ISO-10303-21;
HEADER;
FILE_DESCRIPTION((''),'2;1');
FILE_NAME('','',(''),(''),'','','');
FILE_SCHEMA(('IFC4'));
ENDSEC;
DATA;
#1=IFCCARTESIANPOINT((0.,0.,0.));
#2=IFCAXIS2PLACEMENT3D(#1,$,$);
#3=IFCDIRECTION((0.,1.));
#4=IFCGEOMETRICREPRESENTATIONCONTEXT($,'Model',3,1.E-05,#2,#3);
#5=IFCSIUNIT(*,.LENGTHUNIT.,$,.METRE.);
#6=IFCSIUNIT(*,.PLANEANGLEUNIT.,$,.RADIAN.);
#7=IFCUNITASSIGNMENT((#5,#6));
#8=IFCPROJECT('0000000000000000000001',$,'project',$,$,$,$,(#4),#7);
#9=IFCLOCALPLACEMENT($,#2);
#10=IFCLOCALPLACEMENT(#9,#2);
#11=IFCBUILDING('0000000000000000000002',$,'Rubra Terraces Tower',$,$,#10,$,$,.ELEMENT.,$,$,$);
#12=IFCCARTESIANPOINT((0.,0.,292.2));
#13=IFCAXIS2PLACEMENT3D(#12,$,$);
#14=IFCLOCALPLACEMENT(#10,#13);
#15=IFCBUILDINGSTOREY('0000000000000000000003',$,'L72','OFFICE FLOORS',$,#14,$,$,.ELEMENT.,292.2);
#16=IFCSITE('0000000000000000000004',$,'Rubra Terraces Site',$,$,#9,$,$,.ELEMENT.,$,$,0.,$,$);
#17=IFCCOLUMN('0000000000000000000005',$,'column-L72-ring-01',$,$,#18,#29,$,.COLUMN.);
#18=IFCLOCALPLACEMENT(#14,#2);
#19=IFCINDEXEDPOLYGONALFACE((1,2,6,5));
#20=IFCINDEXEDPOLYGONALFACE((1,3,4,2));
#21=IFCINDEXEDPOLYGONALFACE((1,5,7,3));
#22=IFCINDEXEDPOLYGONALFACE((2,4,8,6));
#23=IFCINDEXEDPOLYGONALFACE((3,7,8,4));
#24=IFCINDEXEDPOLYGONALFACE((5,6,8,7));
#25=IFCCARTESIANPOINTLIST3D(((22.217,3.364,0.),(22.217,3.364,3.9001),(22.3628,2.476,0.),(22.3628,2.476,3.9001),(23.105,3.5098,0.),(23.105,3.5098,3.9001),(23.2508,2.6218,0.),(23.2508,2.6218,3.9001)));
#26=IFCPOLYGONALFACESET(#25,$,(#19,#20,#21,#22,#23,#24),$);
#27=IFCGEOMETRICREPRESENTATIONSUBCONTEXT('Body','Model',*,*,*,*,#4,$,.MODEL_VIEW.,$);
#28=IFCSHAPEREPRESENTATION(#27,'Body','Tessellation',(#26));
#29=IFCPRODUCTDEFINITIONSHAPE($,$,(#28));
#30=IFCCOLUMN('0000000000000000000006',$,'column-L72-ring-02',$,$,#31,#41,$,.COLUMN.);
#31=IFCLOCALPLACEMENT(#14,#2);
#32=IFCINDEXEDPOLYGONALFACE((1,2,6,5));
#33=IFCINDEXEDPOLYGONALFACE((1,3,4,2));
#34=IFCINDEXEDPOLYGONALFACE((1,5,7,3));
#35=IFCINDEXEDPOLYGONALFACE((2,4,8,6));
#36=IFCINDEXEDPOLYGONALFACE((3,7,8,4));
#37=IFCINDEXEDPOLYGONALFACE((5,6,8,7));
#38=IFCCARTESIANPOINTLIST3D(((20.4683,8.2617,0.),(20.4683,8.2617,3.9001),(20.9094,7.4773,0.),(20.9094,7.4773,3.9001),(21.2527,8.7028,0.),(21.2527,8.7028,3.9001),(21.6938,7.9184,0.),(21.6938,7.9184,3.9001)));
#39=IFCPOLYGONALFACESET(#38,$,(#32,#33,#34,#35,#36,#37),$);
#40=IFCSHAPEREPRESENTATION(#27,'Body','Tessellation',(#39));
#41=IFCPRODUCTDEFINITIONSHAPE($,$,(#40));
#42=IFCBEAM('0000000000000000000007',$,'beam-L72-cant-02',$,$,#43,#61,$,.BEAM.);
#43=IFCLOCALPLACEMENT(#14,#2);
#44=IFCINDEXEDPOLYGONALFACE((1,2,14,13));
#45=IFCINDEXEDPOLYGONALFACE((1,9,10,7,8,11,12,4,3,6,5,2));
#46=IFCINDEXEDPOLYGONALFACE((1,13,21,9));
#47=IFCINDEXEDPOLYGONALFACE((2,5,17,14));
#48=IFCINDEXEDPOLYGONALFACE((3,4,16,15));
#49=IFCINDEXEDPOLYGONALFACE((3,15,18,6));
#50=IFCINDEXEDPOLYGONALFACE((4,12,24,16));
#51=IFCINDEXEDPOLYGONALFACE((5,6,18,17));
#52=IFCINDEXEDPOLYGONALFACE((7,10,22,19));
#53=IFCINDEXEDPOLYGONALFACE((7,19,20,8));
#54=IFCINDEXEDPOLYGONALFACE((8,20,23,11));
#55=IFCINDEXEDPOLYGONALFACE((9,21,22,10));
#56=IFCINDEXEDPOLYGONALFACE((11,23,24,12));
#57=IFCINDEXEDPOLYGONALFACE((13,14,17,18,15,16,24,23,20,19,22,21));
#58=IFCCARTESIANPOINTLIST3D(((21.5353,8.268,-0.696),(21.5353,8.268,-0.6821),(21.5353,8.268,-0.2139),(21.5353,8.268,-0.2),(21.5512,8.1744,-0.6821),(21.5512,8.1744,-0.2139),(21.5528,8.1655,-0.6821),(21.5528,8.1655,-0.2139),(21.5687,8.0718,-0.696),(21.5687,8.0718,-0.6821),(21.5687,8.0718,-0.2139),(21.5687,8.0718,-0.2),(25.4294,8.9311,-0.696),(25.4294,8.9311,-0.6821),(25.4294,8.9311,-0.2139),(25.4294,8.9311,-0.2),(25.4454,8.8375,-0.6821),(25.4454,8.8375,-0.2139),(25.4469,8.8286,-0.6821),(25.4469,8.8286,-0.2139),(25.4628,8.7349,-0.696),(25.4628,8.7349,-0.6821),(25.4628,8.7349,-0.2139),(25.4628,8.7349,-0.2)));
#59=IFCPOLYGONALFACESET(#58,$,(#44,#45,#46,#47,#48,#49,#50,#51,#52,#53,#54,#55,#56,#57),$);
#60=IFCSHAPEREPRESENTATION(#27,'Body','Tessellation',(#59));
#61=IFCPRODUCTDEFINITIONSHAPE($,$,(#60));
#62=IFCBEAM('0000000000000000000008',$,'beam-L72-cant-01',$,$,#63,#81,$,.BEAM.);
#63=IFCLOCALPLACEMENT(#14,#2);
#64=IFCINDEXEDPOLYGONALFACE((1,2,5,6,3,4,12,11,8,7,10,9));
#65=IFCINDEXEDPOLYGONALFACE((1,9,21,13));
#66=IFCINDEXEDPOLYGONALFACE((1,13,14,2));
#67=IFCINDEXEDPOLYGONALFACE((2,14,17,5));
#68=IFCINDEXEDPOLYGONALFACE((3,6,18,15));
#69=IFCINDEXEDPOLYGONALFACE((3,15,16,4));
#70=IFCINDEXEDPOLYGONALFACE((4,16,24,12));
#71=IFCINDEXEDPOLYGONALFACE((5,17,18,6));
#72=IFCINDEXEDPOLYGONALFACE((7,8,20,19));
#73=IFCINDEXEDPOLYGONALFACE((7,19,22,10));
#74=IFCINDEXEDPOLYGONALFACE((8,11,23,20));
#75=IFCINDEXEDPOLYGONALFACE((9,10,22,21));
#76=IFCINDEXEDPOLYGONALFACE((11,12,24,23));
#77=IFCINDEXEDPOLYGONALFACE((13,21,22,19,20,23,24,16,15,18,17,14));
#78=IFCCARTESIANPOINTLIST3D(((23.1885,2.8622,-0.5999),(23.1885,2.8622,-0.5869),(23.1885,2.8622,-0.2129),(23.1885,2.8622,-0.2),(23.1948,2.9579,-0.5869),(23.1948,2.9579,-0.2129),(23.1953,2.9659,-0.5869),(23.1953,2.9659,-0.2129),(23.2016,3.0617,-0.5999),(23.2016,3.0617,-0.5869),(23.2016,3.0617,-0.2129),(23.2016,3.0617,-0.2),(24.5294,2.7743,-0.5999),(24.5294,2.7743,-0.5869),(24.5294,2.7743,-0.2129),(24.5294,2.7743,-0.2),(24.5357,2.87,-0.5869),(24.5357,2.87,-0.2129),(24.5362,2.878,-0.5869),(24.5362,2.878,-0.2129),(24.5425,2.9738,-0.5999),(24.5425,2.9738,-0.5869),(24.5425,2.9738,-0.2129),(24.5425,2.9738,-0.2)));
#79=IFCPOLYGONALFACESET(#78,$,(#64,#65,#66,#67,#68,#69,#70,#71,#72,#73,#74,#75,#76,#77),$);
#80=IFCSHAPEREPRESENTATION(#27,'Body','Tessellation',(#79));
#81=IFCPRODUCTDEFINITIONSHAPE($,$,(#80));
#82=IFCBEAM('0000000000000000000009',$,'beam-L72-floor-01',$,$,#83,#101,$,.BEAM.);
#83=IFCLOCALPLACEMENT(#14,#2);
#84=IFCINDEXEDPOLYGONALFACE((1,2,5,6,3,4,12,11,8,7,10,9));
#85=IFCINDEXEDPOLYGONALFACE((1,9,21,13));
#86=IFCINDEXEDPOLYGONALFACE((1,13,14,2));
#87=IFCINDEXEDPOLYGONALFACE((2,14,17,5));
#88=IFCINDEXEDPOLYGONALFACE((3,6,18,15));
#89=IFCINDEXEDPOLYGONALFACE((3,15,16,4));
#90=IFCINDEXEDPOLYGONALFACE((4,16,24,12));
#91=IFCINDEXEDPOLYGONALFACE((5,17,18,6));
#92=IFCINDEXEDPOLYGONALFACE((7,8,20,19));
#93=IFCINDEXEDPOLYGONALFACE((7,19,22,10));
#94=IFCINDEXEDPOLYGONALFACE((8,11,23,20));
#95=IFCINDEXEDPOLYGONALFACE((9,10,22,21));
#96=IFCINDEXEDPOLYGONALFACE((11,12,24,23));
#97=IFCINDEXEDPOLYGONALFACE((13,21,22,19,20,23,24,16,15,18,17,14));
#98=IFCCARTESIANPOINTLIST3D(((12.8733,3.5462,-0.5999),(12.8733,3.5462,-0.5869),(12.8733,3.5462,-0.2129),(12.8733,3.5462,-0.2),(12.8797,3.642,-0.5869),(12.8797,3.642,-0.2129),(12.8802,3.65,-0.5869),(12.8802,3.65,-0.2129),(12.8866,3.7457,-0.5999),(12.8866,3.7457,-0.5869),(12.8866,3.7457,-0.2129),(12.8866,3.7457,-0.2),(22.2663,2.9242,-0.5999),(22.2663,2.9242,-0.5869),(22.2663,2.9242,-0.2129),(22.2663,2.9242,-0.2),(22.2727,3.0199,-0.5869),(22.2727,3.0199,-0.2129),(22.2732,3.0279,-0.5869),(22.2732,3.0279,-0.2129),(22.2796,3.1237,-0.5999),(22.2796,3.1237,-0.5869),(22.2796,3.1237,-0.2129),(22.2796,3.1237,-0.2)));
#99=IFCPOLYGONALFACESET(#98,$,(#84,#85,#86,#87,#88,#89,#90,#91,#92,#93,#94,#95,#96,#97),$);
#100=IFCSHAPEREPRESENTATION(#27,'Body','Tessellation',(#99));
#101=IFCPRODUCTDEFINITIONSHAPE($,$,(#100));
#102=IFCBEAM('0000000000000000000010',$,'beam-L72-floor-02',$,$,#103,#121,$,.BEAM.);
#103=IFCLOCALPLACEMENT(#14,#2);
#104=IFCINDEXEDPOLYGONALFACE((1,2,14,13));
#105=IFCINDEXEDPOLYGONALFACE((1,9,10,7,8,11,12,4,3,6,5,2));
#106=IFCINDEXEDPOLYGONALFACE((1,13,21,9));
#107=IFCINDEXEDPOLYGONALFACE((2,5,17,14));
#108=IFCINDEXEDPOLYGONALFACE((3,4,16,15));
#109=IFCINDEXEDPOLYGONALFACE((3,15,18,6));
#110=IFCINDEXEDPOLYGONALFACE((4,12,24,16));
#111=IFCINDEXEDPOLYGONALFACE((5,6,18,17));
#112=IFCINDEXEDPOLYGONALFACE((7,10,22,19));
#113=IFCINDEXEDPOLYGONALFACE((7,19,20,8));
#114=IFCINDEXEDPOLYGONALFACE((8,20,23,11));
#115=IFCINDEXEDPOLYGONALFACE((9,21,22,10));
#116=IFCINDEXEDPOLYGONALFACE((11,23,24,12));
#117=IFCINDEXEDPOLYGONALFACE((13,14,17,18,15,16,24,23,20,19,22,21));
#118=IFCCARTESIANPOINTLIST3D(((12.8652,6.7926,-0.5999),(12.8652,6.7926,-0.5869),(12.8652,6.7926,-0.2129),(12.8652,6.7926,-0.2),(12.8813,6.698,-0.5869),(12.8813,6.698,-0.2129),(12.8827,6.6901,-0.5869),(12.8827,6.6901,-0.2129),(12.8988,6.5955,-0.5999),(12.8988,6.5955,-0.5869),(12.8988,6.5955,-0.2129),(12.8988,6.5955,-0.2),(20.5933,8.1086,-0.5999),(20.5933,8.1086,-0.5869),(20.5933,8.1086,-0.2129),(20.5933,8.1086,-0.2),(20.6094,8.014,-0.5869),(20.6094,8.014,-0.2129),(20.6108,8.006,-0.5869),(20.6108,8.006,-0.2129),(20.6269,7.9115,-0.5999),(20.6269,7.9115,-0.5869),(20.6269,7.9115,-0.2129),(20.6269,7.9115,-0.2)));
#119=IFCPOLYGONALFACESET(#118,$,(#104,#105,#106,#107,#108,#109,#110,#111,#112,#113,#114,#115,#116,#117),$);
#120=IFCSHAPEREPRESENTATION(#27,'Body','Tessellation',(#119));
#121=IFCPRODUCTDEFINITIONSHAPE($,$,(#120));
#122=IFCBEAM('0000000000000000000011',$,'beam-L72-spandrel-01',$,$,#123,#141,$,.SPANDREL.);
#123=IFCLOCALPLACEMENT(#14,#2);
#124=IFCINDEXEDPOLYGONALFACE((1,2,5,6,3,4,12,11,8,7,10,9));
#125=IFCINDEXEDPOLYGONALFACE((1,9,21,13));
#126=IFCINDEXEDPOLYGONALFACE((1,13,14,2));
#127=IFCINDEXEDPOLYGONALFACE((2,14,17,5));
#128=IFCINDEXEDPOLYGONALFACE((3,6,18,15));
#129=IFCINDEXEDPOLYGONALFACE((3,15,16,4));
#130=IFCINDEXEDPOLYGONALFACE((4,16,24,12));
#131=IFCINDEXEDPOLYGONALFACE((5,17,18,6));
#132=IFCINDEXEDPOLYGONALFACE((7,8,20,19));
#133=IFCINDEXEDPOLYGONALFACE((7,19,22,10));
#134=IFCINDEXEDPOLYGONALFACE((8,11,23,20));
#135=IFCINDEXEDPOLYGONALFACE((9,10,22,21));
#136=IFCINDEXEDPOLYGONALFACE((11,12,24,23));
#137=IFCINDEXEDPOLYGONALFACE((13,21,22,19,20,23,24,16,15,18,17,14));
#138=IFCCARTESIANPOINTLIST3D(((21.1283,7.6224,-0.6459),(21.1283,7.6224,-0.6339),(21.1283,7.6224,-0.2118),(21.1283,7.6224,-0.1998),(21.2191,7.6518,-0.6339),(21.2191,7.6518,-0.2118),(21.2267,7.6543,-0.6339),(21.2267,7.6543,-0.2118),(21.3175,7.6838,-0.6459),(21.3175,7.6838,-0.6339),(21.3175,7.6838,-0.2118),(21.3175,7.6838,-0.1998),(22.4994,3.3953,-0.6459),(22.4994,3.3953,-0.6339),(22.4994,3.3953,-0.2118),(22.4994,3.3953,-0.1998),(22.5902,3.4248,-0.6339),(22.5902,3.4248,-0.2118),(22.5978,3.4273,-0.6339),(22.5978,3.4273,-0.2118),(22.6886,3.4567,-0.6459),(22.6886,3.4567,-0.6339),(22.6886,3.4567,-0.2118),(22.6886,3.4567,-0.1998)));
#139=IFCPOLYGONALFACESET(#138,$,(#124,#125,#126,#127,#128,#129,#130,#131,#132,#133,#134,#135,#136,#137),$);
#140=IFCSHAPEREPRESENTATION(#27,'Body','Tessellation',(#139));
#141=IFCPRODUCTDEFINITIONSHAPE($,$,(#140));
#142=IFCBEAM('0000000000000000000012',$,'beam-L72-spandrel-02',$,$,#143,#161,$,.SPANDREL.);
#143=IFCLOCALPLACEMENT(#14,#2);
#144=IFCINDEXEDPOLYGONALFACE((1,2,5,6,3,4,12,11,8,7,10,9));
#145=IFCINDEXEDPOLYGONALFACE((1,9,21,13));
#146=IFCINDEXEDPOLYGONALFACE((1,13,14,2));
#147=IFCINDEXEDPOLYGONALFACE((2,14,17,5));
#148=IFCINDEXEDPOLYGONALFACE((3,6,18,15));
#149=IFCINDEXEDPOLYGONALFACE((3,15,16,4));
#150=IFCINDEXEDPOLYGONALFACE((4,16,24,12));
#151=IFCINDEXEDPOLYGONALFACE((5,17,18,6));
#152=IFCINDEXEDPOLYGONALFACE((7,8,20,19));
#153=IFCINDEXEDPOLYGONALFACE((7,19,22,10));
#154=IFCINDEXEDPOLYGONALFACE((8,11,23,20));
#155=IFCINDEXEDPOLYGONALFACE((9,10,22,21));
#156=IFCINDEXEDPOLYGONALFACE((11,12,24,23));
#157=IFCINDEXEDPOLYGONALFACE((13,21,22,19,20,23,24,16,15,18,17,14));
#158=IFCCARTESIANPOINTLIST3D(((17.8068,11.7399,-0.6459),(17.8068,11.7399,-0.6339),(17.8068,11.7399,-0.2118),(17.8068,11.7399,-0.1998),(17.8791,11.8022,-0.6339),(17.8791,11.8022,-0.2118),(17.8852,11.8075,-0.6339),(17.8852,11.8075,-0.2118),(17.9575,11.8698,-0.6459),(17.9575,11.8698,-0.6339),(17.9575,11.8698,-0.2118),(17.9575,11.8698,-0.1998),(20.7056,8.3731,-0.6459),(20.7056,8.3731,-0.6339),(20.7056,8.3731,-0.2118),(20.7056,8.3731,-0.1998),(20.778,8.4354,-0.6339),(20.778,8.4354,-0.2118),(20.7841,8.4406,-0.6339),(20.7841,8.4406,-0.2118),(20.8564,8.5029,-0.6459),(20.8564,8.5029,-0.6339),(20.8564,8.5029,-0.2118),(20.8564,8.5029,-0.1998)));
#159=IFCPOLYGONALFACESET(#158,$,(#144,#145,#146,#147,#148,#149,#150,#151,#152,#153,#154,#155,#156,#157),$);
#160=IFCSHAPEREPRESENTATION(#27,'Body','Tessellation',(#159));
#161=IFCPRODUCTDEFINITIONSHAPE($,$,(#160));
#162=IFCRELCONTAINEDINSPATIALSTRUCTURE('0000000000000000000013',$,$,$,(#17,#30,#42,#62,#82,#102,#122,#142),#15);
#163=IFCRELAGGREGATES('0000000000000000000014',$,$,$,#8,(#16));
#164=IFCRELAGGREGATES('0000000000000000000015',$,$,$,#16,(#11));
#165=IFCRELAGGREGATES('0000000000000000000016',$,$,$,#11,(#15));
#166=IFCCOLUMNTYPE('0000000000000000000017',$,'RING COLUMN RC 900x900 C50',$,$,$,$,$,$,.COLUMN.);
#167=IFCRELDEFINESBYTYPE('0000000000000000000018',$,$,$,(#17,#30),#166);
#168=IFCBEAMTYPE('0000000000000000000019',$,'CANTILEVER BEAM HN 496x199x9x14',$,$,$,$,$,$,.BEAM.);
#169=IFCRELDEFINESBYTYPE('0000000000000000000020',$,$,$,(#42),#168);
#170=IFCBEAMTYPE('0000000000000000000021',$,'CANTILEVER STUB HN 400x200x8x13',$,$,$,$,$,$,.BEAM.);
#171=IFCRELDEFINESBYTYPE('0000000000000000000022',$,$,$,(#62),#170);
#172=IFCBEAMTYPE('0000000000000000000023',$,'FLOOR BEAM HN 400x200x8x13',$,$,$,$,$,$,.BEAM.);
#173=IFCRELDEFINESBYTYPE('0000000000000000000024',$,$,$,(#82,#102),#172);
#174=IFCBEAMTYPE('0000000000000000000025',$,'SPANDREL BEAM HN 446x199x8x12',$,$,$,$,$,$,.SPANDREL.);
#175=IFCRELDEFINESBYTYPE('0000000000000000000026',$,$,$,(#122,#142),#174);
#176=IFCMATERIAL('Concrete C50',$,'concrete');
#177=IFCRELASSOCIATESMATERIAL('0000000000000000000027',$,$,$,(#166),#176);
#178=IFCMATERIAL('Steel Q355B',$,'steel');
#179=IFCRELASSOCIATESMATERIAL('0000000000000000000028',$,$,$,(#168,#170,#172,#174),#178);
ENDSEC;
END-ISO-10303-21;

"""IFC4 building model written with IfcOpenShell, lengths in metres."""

from ifc_helpers import new_model, si_unit, direction, frame, origin, origin_2d, place, context, subcontext, project, spatial, rectangle, i_section, extrude, material, material_profile, profile_set, type_object, element, save


model = new_model("IFC4")

# Units and contexts
model_context = context("Model", 3, precision=1e-05, world=origin(), true_north=direction((0.0, 1.0)))
body_context = subcontext(model_context, "Body", "Model", "MODEL_VIEW")
ifc_project = project(units=[si_unit("LENGTHUNIT", "METRE"), si_unit("PLANEANGLEUNIT", "RADIAN")], contexts=[model_context])

# Site, building, storey
site_placement = place(None, origin())
site = spatial("IfcSite", under=ifc_project, at=site_placement, Name="Rubra Terraces Site", CompositionType="ELEMENT", RefElevation=0.0)
building_placement = place(site_placement, origin())
building = spatial("IfcBuilding", under=site, at=building_placement, Name="Rubra Terraces Tower", CompositionType="ELEMENT")
storey_placement = place(building_placement, frame((0.0, 0.0, 292.2)))
storey = spatial("IfcBuildingStorey", under=building, at=storey_placement, Name="L72", Description="OFFICE FLOORS", CompositionType="ELEMENT", Elevation=292.2)

# Columns
ifc_material_1 = material(Name="Concrete C50", Category="concrete")
ifc_material_profile_1 = material_profile(ifc_material_1, rectangle(XDim=0.8999, YDim=0.8999, at=origin_2d()), Name="RC 900x900")
ifc_profile_set_1 = profile_set([ifc_material_profile_1], Name="Concrete C50")
column_type = type_object("IfcColumnType", Name="RING COLUMN RC 900x900 C50", PredefinedType="COLUMN", material=ifc_profile_set_1)
for number, where, z_axis, x_axis, name in (
    (1, (22.7339, 2.9929, 0.0), (0.0, 0.0, 1.0), (-0.162062, 0.986781, 0.0), "column-L72-ring-01"),
    (2, (21.0811, 8.0901, 0.0), (0.0, 0.0, 1.0), (-0.490162, 0.871631, 0.0), "column-L72-ring-02"),
):
    element("IfcColumn", number, at=place(storey_placement, frame(where, z_axis=z_axis, x_axis=x_axis)), inside=storey, type_object=column_type, Name=name, PredefinedType="COLUMN", context=body_context, shape_type="SweptSolid", body=[
        extrude(rectangle(XDim=0.8999, YDim=0.8999, at=origin_2d()), origin(), (0.0, 0.0, 1.0), 3.9001),
    ])

# Beams
ifc_material_2 = material(Name="Steel Q355B", Category="steel")
ifc_material_profile_2 = material_profile(ifc_material_2, i_section(OverallWidth=0.199, OverallDepth=0.4961, WebThickness=0.009, FlangeThickness=0.0139, at=origin_2d()), Name="HN 496x199x9x14")
ifc_profile_set_2 = profile_set([ifc_material_profile_2], Name="Steel Q355B")
beam_type_1 = type_object("IfcBeamType", Name="CANTILEVER BEAM HN 496x199x9x14", PredefinedType="BEAM", material=ifc_profile_set_2)
beam_1_placement = place(storey_placement, frame((21.552, 8.1699, -0.448), z_axis=(0.98581, 0.167866, 0.0), x_axis=(-0.167866, 0.98581, 0.0)))
element("IfcBeam", 3, at=beam_1_placement, inside=storey, type_object=beam_type_1, Name="beam-L72-cant-02", PredefinedType="BEAM", context=body_context, shape_type="SweptSolid", body=[
    extrude(i_section(OverallWidth=0.199, OverallDepth=0.4961, WebThickness=0.009, FlangeThickness=0.0139, at=origin_2d()), origin(), (0.0, 0.0, 1.0), 3.9502),
])
ifc_material_profile_3 = material_profile(ifc_material_2, i_section(OverallWidth=0.2, OverallDepth=0.3999, WebThickness=0.0081, FlangeThickness=0.0129, at=origin_2d()), Name="HN 400x200x8x13")
ifc_profile_set_3 = profile_set([ifc_material_profile_3], Name="Steel Q355B")
beam_type_2 = type_object("IfcBeamType", Name="CANTILEVER STUB HN 400x200x8x13", PredefinedType="BEAM", material=ifc_profile_set_3)
beam_2_placement = place(storey_placement, frame((23.1951, 2.9619, -0.3999), z_axis=(0.997859, -0.06541, 0.0), x_axis=(0.06541, 0.997859, 0.0)))
element("IfcBeam", 4, at=beam_2_placement, inside=storey, type_object=beam_type_2, Name="beam-L72-cant-01", PredefinedType="BEAM", context=body_context, shape_type="SweptSolid", body=[
    extrude(i_section(OverallWidth=0.2, OverallDepth=0.3999, WebThickness=0.0081, FlangeThickness=0.0129, at=origin_2d()), origin(), (0.0, 0.0, 1.0), 1.3438),
])
ifc_material_profile_4 = material_profile(ifc_material_2, i_section(OverallWidth=0.2, OverallDepth=0.3999, WebThickness=0.0081, FlangeThickness=0.0129, at=origin_2d()), Name="HN 400x200x8x13")
ifc_profile_set_4 = profile_set([ifc_material_profile_4], Name="Steel Q355B")
beam_type_3 = type_object("IfcBeamType", Name="FLOOR BEAM HN 400x200x8x13", PredefinedType="BEAM", material=ifc_profile_set_4)
beam_3_placement = place(storey_placement, frame((22.2729, 3.0239, -0.3999), z_axis=(-0.997814, 0.066082, 0.0), x_axis=(-0.066082, -0.997814, 0.0)))
element("IfcBeam", 5, at=beam_3_placement, inside=storey, type_object=beam_type_3, Name="beam-L72-floor-01", PredefinedType="BEAM", context=body_context, shape_type="SweptSolid", body=[
    extrude(i_section(OverallWidth=0.2, OverallDepth=0.3999, WebThickness=0.0081, FlangeThickness=0.0129, at=origin_2d()), origin(), (0.0, 0.0, 1.0), 9.4136),
])
beam_4_placement = place(storey_placement, frame((20.6101, 8.01, -0.3999), z_axis=(-0.98581, -0.167862, 0.0), x_axis=(0.167862, -0.98581, 0.0)))
element("IfcBeam", 6, at=beam_4_placement, inside=storey, type_object=beam_type_3, Name="beam-L72-floor-02", PredefinedType="BEAM", context=body_context, shape_type="SweptSolid", body=[
    extrude(i_section(OverallWidth=0.2, OverallDepth=0.3999, WebThickness=0.0081, FlangeThickness=0.0129, at=origin_2d()), origin(), (0.0, 0.0, 1.0), 7.8394),
])
ifc_material_profile_5 = material_profile(ifc_material_2, i_section(OverallWidth=0.199, OverallDepth=0.446, WebThickness=0.0081, FlangeThickness=0.012, at=origin_2d()), Name="HN 446x199x8x12")
ifc_profile_set_5 = profile_set([ifc_material_profile_5], Name="Steel Q355B")
beam_type_4 = type_object("IfcBeamType", Name="SPANDREL BEAM HN 446x199x8x12", PredefinedType="SPANDREL", material=ifc_profile_set_5)
beam_5_placement = place(storey_placement, frame((22.594, 3.426, -0.4229), z_axis=(-0.308537, 0.951212, 0.0), x_axis=(-0.951212, -0.308537, 0.0)))
element("IfcBeam", 7, at=beam_5_placement, inside=storey, type_object=beam_type_4, Name="beam-L72-spandrel-01", PredefinedType="SPANDREL", context=body_context, shape_type="SweptSolid", body=[
    extrude(i_section(OverallWidth=0.199, OverallDepth=0.446, WebThickness=0.0081, FlangeThickness=0.012, at=origin_2d()), origin(), (0.0, 0.0, 1.0), 4.4438),
])
beam_6_placement = place(storey_placement, frame((20.781, 8.438, -0.4229), z_axis=(-0.652473, 0.757812, 0.0), x_axis=(-0.757812, -0.652473, 0.0)))
element("IfcBeam", 8, at=beam_6_placement, inside=storey, type_object=beam_type_4, Name="beam-L72-spandrel-02", PredefinedType="SPANDREL", context=body_context, shape_type="SweptSolid", body=[
    extrude(i_section(OverallWidth=0.199, OverallDepth=0.446, WebThickness=0.0081, FlangeThickness=0.012, at=origin_2d()), origin(), (0.0, 0.0, 1.0), 4.4429),
])

save(model, "model.ifc")
